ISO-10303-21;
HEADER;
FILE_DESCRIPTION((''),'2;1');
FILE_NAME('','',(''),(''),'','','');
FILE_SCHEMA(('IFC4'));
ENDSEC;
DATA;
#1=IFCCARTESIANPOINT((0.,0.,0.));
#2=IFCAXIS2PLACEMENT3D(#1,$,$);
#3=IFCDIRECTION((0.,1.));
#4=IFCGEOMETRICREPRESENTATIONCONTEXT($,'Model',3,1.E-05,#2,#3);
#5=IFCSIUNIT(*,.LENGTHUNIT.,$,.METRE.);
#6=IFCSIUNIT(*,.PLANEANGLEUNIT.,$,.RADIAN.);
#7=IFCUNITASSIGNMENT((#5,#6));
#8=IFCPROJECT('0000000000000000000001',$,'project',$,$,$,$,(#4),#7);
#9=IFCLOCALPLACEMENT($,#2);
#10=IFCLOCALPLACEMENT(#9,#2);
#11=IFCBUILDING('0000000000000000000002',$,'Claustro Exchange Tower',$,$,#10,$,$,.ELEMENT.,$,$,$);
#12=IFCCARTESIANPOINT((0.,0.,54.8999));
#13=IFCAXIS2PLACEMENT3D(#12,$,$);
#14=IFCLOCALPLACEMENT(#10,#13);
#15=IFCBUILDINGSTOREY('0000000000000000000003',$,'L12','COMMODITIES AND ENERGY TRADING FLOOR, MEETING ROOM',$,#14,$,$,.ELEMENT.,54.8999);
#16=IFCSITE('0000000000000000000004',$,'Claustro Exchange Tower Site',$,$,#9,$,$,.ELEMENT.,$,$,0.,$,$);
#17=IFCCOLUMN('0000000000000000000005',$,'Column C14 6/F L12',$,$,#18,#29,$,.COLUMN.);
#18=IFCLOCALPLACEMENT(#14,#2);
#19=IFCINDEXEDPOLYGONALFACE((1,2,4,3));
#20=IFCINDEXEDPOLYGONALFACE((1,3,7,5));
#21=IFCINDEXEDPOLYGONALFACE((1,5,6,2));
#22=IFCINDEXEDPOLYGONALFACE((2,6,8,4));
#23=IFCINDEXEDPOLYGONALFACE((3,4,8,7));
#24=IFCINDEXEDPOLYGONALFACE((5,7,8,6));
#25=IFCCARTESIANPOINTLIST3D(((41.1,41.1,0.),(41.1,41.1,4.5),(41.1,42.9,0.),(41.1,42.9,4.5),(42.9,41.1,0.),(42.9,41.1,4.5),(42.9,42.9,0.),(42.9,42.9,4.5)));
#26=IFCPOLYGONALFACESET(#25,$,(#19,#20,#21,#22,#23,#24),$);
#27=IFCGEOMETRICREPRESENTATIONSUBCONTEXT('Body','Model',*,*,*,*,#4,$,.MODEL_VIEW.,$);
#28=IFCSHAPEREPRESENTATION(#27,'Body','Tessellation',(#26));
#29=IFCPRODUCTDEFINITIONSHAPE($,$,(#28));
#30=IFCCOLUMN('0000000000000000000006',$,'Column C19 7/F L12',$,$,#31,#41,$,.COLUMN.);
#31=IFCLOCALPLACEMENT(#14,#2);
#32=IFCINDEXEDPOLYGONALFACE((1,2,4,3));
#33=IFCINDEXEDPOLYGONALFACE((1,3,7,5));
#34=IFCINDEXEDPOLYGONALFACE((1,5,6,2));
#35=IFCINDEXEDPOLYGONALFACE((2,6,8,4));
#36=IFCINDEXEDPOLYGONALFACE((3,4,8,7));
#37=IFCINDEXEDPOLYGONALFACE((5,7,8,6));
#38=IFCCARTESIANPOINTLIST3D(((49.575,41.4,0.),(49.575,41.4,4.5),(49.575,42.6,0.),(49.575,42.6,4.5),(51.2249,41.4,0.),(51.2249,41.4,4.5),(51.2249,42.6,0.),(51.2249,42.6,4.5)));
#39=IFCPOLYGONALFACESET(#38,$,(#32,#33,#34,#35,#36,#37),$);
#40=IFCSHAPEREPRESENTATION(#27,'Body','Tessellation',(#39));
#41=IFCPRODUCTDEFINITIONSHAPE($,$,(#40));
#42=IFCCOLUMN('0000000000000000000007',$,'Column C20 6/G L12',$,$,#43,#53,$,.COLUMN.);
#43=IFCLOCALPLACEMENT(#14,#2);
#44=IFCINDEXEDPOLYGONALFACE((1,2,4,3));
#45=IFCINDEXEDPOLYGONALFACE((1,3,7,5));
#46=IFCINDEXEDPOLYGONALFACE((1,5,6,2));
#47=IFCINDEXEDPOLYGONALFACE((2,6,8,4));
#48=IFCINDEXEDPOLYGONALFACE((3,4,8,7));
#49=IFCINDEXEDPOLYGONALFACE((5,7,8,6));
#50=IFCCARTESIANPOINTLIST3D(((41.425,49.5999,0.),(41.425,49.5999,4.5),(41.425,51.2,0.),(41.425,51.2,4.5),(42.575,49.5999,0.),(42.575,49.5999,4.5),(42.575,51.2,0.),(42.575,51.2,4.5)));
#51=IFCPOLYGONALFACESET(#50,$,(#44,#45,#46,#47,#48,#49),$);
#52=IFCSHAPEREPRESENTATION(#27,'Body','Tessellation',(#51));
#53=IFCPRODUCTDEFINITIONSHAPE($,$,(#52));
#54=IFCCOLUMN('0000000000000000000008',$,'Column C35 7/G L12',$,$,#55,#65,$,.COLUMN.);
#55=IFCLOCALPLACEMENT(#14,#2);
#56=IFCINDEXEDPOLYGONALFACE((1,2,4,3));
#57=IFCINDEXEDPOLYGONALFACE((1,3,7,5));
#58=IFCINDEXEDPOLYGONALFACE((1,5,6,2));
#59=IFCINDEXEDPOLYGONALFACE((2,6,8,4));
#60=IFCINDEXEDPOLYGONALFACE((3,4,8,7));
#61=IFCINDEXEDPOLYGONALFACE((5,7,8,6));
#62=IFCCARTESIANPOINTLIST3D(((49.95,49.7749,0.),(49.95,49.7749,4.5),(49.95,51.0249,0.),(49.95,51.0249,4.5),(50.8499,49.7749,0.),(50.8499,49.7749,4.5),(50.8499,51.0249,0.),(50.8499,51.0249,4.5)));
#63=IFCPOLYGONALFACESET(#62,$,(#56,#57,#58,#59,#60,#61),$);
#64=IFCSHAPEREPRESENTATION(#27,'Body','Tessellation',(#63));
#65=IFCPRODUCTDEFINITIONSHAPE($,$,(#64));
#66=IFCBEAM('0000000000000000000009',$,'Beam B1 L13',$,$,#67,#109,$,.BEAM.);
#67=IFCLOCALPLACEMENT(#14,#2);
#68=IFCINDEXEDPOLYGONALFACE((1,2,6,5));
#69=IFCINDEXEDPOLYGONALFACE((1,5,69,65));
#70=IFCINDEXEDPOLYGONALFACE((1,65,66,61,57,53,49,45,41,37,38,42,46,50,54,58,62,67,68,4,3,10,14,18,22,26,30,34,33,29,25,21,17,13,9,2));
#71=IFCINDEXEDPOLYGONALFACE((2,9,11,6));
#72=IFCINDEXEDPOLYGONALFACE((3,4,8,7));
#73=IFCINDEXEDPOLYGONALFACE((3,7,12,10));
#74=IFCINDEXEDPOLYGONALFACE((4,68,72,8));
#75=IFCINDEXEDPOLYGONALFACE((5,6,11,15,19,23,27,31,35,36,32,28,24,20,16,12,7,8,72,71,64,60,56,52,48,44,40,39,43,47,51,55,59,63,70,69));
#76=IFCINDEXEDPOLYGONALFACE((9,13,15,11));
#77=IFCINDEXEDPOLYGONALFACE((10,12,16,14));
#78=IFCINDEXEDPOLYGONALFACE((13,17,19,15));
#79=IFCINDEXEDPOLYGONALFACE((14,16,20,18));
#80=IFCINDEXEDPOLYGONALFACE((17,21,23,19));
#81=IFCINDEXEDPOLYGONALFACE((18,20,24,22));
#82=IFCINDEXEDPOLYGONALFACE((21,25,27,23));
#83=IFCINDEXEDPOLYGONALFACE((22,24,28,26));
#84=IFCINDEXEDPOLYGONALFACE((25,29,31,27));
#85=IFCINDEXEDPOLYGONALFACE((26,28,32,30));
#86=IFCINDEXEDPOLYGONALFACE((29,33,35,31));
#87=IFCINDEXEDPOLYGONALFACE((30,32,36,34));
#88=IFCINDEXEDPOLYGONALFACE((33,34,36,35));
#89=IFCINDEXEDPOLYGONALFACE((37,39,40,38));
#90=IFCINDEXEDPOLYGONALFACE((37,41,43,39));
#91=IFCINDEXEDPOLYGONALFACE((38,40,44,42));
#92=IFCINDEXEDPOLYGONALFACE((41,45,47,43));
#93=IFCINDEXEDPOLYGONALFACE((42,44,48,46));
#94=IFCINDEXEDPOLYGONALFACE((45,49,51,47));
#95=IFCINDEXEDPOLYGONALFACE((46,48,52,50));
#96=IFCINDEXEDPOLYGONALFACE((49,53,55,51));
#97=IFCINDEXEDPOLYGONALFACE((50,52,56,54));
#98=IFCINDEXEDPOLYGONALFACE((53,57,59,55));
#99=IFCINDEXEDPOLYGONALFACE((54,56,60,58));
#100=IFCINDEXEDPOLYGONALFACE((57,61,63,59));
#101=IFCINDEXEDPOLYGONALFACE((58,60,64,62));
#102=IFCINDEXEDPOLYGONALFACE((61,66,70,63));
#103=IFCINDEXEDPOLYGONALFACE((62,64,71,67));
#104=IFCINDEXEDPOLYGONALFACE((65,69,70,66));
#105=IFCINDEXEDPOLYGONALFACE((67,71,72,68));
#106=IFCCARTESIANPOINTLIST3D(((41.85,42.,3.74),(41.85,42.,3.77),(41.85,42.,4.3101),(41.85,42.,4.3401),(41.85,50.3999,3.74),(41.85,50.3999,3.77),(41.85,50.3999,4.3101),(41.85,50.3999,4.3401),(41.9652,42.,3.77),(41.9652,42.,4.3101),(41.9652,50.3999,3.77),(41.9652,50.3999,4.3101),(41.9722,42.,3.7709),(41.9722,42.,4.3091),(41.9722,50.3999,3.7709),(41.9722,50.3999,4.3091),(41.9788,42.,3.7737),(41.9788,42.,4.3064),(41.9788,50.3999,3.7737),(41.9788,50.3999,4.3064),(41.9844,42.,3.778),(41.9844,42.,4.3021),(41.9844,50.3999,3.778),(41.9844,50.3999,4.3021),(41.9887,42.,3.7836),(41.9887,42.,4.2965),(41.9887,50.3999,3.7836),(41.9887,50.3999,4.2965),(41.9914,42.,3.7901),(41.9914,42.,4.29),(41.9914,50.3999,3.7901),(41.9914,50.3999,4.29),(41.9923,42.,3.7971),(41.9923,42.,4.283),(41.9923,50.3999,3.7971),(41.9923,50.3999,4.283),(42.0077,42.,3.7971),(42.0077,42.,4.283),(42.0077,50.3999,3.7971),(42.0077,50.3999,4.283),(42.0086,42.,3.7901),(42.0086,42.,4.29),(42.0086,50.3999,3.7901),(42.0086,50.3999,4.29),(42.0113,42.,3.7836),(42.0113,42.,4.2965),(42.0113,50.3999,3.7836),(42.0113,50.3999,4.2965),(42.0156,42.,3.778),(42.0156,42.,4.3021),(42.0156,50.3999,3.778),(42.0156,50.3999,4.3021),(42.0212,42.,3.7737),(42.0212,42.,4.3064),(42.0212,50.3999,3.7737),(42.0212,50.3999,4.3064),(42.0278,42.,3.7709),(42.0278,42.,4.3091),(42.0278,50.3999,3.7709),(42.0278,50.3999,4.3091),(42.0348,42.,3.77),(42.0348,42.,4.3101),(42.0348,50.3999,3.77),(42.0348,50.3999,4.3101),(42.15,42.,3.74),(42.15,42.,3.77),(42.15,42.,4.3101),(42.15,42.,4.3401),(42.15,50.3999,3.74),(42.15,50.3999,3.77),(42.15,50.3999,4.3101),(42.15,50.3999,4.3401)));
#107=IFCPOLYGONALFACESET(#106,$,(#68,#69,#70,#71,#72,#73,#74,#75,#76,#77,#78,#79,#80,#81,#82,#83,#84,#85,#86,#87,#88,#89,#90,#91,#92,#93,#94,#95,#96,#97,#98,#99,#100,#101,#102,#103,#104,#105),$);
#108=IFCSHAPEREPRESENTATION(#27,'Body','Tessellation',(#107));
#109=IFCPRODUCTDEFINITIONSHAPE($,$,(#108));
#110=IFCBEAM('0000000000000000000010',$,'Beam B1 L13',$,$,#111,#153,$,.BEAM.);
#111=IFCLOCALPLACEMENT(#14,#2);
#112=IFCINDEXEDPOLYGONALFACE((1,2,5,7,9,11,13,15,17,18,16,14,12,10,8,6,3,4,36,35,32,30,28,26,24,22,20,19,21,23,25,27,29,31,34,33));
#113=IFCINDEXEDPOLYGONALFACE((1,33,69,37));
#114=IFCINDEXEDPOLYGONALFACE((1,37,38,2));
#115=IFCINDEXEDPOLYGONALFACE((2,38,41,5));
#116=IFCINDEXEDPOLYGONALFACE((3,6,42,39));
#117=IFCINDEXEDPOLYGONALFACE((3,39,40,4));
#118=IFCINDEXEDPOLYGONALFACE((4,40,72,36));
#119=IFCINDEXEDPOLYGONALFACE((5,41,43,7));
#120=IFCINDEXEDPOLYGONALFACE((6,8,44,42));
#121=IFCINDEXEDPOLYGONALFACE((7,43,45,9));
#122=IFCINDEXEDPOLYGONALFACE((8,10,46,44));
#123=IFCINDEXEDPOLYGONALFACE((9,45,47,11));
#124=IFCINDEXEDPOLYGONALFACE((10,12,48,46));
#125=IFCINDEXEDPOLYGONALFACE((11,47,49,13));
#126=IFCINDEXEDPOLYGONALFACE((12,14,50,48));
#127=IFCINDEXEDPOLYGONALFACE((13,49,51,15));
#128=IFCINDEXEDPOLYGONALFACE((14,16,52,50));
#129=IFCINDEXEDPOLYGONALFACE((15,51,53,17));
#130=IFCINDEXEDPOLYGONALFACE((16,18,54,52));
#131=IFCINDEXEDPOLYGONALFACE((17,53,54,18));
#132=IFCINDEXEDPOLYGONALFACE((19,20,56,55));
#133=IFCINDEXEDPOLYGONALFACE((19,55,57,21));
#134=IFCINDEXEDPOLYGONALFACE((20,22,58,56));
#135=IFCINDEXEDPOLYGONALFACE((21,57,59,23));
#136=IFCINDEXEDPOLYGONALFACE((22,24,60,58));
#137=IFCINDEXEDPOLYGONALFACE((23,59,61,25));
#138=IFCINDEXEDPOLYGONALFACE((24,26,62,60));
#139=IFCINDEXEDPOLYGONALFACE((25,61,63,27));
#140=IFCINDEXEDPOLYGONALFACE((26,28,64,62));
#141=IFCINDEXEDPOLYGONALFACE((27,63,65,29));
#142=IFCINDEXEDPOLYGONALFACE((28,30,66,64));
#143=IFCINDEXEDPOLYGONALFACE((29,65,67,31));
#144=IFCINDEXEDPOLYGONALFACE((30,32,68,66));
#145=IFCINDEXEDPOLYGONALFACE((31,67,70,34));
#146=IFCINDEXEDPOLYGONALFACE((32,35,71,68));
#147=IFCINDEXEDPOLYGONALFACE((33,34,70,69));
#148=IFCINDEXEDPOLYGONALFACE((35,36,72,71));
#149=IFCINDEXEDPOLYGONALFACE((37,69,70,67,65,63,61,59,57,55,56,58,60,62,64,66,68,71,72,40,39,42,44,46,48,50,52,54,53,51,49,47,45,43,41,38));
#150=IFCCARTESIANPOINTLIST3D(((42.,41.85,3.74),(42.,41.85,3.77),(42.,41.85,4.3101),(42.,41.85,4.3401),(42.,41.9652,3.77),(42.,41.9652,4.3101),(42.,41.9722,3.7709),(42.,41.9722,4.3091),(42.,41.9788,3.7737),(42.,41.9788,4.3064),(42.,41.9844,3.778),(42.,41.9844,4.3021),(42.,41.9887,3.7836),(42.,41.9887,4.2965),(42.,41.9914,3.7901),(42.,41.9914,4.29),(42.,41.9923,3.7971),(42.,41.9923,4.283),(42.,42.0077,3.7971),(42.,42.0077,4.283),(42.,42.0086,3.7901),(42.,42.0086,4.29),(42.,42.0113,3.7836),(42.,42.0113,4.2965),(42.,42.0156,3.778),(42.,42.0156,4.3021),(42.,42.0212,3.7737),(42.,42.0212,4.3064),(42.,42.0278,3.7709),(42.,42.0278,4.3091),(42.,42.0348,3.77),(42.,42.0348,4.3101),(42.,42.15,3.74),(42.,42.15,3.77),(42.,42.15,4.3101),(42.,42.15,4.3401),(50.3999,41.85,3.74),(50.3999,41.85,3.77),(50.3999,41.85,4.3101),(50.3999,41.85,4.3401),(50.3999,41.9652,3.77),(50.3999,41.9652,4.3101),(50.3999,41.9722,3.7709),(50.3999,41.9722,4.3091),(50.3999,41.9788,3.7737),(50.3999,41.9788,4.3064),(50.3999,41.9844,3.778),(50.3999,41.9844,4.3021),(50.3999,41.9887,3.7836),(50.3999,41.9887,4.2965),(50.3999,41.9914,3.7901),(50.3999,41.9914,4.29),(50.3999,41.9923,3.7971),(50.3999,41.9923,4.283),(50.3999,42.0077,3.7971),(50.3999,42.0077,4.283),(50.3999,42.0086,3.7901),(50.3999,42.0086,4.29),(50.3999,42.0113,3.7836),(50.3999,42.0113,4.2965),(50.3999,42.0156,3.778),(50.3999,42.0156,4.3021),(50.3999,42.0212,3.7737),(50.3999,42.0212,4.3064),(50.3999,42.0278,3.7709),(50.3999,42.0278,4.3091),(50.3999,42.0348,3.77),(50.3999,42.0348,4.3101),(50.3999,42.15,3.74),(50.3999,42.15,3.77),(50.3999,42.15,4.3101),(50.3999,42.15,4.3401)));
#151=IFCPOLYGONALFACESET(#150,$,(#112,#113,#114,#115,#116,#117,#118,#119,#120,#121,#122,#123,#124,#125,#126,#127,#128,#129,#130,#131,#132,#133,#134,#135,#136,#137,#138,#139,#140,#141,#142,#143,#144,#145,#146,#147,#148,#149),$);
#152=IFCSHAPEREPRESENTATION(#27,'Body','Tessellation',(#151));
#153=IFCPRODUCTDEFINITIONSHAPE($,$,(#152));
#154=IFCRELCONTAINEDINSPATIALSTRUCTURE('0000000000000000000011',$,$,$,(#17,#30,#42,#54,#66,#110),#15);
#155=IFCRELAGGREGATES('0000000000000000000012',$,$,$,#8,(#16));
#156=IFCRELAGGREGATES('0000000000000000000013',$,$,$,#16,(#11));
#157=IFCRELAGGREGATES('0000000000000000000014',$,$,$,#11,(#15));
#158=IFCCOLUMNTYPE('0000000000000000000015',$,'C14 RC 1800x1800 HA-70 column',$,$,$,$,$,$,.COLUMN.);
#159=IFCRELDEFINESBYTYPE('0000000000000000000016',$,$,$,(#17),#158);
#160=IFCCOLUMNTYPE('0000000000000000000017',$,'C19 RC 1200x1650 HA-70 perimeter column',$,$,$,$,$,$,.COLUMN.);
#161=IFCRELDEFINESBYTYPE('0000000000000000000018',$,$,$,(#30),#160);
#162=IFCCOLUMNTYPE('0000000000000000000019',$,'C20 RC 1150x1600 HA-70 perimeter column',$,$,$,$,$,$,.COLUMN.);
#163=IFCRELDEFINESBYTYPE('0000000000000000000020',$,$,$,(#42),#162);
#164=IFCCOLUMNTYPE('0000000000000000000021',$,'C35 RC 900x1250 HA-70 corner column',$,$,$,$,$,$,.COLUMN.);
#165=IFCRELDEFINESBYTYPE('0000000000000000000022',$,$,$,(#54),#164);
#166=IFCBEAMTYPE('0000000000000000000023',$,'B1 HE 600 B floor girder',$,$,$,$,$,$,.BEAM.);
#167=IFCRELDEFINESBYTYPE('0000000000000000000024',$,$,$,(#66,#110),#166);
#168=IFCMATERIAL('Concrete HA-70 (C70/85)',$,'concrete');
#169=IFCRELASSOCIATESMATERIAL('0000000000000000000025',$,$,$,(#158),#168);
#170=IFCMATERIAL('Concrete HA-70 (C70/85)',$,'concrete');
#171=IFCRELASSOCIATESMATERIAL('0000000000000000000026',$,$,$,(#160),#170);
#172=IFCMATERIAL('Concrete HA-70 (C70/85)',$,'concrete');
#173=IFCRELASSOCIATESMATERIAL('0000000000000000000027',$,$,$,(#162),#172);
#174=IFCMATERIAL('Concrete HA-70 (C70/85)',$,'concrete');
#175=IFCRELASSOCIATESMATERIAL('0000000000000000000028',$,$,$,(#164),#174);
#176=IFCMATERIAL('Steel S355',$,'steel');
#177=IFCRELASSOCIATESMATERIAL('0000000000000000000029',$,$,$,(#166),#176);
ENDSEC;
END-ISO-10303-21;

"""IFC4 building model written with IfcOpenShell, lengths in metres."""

from ifc_helpers import new_model, si_unit, direction, frame, origin, origin_2d, place, context, subcontext, project, spatial, rectangle, i_section, extrude, material, material_profile, profile_set, type_object, element, save


model = new_model("IFC4")

# Units and contexts
model_context = context("Model", 3, precision=1e-05, world=origin(), true_north=direction((0.0, 1.0)))
body_context = subcontext(model_context, "Body", "Model", "MODEL_VIEW")
ifc_project = project(units=[si_unit("LENGTHUNIT", "METRE"), si_unit("PLANEANGLEUNIT", "RADIAN")], contexts=[model_context])

# Site, building, storey
site_placement = place(None, origin())
site = spatial("IfcSite", under=ifc_project, at=site_placement, Name="Claustro Exchange Tower Site", CompositionType="ELEMENT", RefElevation=0.0)
building_placement = place(site_placement, origin())
building = spatial("IfcBuilding", under=site, at=building_placement, Name="Claustro Exchange Tower", CompositionType="ELEMENT")
storey_placement = place(building_placement, frame((0.0, 0.0, 54.8999)))
storey = spatial("IfcBuildingStorey", under=building, at=storey_placement, Name="L12", Description="COMMODITIES AND ENERGY TRADING FLOOR, MEETING ROOM", CompositionType="ELEMENT", Elevation=54.8999)

# Columns
ifc_material_1 = material(Name="Concrete HA-70 (C70/85)", Category="concrete")
ifc_material_profile_1 = material_profile(ifc_material_1, rectangle(XDim=1.8, YDim=1.8, at=origin_2d()), Name="RC 1800x1800")
ifc_profile_set_1 = profile_set([ifc_material_profile_1], Name="Concrete HA-70 (C70/85)")
column_type_1 = type_object("IfcColumnType", Name="C14 RC 1800x1800 HA-70 column", PredefinedType="COLUMN", material=ifc_profile_set_1)
column_1_placement = place(storey_placement, frame((42.0, 42.0, 0.0), z_axis=(0.0, 0.0, 1.0), x_axis=(1.0, 0.0, 0.0)))
element("IfcColumn", 1, at=column_1_placement, inside=storey, type_object=column_type_1, Name="Column C14 6/F L12", PredefinedType="COLUMN", context=body_context, shape_type="SweptSolid", body=[
    extrude(rectangle(XDim=1.8, YDim=1.8, at=origin_2d()), origin(), (0.0, 0.0, 1.0), 4.5),
])
ifc_material_2 = material(Name="Concrete HA-70 (C70/85)", Category="concrete")
ifc_material_profile_2 = material_profile(ifc_material_2, rectangle(XDim=1.2, YDim=1.6499, at=origin_2d()), Name="RC 1200x1650")
ifc_profile_set_2 = profile_set([ifc_material_profile_2], Name="Concrete HA-70 (C70/85)")
column_type_2 = type_object("IfcColumnType", Name="C19 RC 1200x1650 HA-70 perimeter column", PredefinedType="COLUMN", material=ifc_profile_set_2)
column_2_placement = place(storey_placement, frame((50.3999, 42.0, 0.0), z_axis=(0.0, 0.0, 1.0), x_axis=(0.0, 1.0, 0.0)))
element("IfcColumn", 2, at=column_2_placement, inside=storey, type_object=column_type_2, Name="Column C19 7/F L12", PredefinedType="COLUMN", context=body_context, shape_type="SweptSolid", body=[
    extrude(rectangle(XDim=1.2, YDim=1.6499, at=origin_2d()), origin(), (0.0, 0.0, 1.0), 4.5),
])
ifc_material_3 = material(Name="Concrete HA-70 (C70/85)", Category="concrete")
ifc_material_profile_3 = material_profile(ifc_material_3, rectangle(XDim=1.1499, YDim=1.6001, at=origin_2d()), Name="RC 1150x1600")
ifc_profile_set_3 = profile_set([ifc_material_profile_3], Name="Concrete HA-70 (C70/85)")
column_type_3 = type_object("IfcColumnType", Name="C20 RC 1150x1600 HA-70 perimeter column", PredefinedType="COLUMN", material=ifc_profile_set_3)
column_3_placement = place(storey_placement, frame((42.0, 50.3999, 0.0), z_axis=(0.0, 0.0, 1.0), x_axis=(1.0, 0.0, 0.0)))
element("IfcColumn", 3, at=column_3_placement, inside=storey, type_object=column_type_3, Name="Column C20 6/G L12", PredefinedType="COLUMN", context=body_context, shape_type="SweptSolid", body=[
    extrude(rectangle(XDim=1.1499, YDim=1.6001, at=origin_2d()), origin(), (0.0, 0.0, 1.0), 4.5),
])
ifc_material_4 = material(Name="Concrete HA-70 (C70/85)", Category="concrete")
ifc_material_profile_4 = material_profile(ifc_material_4, rectangle(XDim=0.8999, YDim=1.25, at=origin_2d()), Name="RC 900x1250")
ifc_profile_set_4 = profile_set([ifc_material_profile_4], Name="Concrete HA-70 (C70/85)")
column_type_4 = type_object("IfcColumnType", Name="C35 RC 900x1250 HA-70 corner column", PredefinedType="COLUMN", material=ifc_profile_set_4)
column_4_placement = place(storey_placement, frame((50.3999, 50.3999, 0.0), z_axis=(0.0, 0.0, 1.0), x_axis=(1.0, 0.0, 0.0)))
element("IfcColumn", 4, at=column_4_placement, inside=storey, type_object=column_type_4, Name="Column C35 7/G L12", PredefinedType="COLUMN", context=body_context, shape_type="SweptSolid", body=[
    extrude(rectangle(XDim=0.8999, YDim=1.25, at=origin_2d()), origin(), (0.0, 0.0, 1.0), 4.5),
])

# Beams
ifc_material_5 = material(Name="Steel S355", Category="steel")
ifc_material_profile_5 = material_profile(ifc_material_5, i_section(OverallWidth=0.3, OverallDepth=0.6001, WebThickness=0.0154, FlangeThickness=0.03, FilletRadius=0.0271, at=origin_2d()), Name="HE 600 B")
ifc_profile_set_5 = profile_set([ifc_material_profile_5], Name="Steel S355")
beam_type_1 = type_object("IfcBeamType", Name="B1 HE 600 B floor girder", PredefinedType="BEAM", material=ifc_profile_set_5)
for number, where, z_axis, x_axis, name in (
    (5, (42.0, 42.0, 4.04), (0.0, 1.0, 0.0), (-1.0, 0.0, 0.0), "Beam B1 L13"),
    (6, (42.0, 42.0, 4.04), (1.0, 0.0, 0.0), (0.0, 1.0, 0.0), "Beam B1 L13"),
):
    element("IfcBeam", number, at=place(storey_placement, frame(where, z_axis=z_axis, x_axis=x_axis)), inside=storey, type_object=beam_type_1, Name=name, PredefinedType="BEAM", context=body_context, shape_type="SweptSolid", body=[
        extrude(i_section(OverallWidth=0.3, OverallDepth=0.6001, WebThickness=0.0154, FlangeThickness=0.03, FilletRadius=0.0271, at=origin_2d()), origin(), (0.0, 0.0, 1.0), 8.3999),
    ])

save(model, "model.ifc")
